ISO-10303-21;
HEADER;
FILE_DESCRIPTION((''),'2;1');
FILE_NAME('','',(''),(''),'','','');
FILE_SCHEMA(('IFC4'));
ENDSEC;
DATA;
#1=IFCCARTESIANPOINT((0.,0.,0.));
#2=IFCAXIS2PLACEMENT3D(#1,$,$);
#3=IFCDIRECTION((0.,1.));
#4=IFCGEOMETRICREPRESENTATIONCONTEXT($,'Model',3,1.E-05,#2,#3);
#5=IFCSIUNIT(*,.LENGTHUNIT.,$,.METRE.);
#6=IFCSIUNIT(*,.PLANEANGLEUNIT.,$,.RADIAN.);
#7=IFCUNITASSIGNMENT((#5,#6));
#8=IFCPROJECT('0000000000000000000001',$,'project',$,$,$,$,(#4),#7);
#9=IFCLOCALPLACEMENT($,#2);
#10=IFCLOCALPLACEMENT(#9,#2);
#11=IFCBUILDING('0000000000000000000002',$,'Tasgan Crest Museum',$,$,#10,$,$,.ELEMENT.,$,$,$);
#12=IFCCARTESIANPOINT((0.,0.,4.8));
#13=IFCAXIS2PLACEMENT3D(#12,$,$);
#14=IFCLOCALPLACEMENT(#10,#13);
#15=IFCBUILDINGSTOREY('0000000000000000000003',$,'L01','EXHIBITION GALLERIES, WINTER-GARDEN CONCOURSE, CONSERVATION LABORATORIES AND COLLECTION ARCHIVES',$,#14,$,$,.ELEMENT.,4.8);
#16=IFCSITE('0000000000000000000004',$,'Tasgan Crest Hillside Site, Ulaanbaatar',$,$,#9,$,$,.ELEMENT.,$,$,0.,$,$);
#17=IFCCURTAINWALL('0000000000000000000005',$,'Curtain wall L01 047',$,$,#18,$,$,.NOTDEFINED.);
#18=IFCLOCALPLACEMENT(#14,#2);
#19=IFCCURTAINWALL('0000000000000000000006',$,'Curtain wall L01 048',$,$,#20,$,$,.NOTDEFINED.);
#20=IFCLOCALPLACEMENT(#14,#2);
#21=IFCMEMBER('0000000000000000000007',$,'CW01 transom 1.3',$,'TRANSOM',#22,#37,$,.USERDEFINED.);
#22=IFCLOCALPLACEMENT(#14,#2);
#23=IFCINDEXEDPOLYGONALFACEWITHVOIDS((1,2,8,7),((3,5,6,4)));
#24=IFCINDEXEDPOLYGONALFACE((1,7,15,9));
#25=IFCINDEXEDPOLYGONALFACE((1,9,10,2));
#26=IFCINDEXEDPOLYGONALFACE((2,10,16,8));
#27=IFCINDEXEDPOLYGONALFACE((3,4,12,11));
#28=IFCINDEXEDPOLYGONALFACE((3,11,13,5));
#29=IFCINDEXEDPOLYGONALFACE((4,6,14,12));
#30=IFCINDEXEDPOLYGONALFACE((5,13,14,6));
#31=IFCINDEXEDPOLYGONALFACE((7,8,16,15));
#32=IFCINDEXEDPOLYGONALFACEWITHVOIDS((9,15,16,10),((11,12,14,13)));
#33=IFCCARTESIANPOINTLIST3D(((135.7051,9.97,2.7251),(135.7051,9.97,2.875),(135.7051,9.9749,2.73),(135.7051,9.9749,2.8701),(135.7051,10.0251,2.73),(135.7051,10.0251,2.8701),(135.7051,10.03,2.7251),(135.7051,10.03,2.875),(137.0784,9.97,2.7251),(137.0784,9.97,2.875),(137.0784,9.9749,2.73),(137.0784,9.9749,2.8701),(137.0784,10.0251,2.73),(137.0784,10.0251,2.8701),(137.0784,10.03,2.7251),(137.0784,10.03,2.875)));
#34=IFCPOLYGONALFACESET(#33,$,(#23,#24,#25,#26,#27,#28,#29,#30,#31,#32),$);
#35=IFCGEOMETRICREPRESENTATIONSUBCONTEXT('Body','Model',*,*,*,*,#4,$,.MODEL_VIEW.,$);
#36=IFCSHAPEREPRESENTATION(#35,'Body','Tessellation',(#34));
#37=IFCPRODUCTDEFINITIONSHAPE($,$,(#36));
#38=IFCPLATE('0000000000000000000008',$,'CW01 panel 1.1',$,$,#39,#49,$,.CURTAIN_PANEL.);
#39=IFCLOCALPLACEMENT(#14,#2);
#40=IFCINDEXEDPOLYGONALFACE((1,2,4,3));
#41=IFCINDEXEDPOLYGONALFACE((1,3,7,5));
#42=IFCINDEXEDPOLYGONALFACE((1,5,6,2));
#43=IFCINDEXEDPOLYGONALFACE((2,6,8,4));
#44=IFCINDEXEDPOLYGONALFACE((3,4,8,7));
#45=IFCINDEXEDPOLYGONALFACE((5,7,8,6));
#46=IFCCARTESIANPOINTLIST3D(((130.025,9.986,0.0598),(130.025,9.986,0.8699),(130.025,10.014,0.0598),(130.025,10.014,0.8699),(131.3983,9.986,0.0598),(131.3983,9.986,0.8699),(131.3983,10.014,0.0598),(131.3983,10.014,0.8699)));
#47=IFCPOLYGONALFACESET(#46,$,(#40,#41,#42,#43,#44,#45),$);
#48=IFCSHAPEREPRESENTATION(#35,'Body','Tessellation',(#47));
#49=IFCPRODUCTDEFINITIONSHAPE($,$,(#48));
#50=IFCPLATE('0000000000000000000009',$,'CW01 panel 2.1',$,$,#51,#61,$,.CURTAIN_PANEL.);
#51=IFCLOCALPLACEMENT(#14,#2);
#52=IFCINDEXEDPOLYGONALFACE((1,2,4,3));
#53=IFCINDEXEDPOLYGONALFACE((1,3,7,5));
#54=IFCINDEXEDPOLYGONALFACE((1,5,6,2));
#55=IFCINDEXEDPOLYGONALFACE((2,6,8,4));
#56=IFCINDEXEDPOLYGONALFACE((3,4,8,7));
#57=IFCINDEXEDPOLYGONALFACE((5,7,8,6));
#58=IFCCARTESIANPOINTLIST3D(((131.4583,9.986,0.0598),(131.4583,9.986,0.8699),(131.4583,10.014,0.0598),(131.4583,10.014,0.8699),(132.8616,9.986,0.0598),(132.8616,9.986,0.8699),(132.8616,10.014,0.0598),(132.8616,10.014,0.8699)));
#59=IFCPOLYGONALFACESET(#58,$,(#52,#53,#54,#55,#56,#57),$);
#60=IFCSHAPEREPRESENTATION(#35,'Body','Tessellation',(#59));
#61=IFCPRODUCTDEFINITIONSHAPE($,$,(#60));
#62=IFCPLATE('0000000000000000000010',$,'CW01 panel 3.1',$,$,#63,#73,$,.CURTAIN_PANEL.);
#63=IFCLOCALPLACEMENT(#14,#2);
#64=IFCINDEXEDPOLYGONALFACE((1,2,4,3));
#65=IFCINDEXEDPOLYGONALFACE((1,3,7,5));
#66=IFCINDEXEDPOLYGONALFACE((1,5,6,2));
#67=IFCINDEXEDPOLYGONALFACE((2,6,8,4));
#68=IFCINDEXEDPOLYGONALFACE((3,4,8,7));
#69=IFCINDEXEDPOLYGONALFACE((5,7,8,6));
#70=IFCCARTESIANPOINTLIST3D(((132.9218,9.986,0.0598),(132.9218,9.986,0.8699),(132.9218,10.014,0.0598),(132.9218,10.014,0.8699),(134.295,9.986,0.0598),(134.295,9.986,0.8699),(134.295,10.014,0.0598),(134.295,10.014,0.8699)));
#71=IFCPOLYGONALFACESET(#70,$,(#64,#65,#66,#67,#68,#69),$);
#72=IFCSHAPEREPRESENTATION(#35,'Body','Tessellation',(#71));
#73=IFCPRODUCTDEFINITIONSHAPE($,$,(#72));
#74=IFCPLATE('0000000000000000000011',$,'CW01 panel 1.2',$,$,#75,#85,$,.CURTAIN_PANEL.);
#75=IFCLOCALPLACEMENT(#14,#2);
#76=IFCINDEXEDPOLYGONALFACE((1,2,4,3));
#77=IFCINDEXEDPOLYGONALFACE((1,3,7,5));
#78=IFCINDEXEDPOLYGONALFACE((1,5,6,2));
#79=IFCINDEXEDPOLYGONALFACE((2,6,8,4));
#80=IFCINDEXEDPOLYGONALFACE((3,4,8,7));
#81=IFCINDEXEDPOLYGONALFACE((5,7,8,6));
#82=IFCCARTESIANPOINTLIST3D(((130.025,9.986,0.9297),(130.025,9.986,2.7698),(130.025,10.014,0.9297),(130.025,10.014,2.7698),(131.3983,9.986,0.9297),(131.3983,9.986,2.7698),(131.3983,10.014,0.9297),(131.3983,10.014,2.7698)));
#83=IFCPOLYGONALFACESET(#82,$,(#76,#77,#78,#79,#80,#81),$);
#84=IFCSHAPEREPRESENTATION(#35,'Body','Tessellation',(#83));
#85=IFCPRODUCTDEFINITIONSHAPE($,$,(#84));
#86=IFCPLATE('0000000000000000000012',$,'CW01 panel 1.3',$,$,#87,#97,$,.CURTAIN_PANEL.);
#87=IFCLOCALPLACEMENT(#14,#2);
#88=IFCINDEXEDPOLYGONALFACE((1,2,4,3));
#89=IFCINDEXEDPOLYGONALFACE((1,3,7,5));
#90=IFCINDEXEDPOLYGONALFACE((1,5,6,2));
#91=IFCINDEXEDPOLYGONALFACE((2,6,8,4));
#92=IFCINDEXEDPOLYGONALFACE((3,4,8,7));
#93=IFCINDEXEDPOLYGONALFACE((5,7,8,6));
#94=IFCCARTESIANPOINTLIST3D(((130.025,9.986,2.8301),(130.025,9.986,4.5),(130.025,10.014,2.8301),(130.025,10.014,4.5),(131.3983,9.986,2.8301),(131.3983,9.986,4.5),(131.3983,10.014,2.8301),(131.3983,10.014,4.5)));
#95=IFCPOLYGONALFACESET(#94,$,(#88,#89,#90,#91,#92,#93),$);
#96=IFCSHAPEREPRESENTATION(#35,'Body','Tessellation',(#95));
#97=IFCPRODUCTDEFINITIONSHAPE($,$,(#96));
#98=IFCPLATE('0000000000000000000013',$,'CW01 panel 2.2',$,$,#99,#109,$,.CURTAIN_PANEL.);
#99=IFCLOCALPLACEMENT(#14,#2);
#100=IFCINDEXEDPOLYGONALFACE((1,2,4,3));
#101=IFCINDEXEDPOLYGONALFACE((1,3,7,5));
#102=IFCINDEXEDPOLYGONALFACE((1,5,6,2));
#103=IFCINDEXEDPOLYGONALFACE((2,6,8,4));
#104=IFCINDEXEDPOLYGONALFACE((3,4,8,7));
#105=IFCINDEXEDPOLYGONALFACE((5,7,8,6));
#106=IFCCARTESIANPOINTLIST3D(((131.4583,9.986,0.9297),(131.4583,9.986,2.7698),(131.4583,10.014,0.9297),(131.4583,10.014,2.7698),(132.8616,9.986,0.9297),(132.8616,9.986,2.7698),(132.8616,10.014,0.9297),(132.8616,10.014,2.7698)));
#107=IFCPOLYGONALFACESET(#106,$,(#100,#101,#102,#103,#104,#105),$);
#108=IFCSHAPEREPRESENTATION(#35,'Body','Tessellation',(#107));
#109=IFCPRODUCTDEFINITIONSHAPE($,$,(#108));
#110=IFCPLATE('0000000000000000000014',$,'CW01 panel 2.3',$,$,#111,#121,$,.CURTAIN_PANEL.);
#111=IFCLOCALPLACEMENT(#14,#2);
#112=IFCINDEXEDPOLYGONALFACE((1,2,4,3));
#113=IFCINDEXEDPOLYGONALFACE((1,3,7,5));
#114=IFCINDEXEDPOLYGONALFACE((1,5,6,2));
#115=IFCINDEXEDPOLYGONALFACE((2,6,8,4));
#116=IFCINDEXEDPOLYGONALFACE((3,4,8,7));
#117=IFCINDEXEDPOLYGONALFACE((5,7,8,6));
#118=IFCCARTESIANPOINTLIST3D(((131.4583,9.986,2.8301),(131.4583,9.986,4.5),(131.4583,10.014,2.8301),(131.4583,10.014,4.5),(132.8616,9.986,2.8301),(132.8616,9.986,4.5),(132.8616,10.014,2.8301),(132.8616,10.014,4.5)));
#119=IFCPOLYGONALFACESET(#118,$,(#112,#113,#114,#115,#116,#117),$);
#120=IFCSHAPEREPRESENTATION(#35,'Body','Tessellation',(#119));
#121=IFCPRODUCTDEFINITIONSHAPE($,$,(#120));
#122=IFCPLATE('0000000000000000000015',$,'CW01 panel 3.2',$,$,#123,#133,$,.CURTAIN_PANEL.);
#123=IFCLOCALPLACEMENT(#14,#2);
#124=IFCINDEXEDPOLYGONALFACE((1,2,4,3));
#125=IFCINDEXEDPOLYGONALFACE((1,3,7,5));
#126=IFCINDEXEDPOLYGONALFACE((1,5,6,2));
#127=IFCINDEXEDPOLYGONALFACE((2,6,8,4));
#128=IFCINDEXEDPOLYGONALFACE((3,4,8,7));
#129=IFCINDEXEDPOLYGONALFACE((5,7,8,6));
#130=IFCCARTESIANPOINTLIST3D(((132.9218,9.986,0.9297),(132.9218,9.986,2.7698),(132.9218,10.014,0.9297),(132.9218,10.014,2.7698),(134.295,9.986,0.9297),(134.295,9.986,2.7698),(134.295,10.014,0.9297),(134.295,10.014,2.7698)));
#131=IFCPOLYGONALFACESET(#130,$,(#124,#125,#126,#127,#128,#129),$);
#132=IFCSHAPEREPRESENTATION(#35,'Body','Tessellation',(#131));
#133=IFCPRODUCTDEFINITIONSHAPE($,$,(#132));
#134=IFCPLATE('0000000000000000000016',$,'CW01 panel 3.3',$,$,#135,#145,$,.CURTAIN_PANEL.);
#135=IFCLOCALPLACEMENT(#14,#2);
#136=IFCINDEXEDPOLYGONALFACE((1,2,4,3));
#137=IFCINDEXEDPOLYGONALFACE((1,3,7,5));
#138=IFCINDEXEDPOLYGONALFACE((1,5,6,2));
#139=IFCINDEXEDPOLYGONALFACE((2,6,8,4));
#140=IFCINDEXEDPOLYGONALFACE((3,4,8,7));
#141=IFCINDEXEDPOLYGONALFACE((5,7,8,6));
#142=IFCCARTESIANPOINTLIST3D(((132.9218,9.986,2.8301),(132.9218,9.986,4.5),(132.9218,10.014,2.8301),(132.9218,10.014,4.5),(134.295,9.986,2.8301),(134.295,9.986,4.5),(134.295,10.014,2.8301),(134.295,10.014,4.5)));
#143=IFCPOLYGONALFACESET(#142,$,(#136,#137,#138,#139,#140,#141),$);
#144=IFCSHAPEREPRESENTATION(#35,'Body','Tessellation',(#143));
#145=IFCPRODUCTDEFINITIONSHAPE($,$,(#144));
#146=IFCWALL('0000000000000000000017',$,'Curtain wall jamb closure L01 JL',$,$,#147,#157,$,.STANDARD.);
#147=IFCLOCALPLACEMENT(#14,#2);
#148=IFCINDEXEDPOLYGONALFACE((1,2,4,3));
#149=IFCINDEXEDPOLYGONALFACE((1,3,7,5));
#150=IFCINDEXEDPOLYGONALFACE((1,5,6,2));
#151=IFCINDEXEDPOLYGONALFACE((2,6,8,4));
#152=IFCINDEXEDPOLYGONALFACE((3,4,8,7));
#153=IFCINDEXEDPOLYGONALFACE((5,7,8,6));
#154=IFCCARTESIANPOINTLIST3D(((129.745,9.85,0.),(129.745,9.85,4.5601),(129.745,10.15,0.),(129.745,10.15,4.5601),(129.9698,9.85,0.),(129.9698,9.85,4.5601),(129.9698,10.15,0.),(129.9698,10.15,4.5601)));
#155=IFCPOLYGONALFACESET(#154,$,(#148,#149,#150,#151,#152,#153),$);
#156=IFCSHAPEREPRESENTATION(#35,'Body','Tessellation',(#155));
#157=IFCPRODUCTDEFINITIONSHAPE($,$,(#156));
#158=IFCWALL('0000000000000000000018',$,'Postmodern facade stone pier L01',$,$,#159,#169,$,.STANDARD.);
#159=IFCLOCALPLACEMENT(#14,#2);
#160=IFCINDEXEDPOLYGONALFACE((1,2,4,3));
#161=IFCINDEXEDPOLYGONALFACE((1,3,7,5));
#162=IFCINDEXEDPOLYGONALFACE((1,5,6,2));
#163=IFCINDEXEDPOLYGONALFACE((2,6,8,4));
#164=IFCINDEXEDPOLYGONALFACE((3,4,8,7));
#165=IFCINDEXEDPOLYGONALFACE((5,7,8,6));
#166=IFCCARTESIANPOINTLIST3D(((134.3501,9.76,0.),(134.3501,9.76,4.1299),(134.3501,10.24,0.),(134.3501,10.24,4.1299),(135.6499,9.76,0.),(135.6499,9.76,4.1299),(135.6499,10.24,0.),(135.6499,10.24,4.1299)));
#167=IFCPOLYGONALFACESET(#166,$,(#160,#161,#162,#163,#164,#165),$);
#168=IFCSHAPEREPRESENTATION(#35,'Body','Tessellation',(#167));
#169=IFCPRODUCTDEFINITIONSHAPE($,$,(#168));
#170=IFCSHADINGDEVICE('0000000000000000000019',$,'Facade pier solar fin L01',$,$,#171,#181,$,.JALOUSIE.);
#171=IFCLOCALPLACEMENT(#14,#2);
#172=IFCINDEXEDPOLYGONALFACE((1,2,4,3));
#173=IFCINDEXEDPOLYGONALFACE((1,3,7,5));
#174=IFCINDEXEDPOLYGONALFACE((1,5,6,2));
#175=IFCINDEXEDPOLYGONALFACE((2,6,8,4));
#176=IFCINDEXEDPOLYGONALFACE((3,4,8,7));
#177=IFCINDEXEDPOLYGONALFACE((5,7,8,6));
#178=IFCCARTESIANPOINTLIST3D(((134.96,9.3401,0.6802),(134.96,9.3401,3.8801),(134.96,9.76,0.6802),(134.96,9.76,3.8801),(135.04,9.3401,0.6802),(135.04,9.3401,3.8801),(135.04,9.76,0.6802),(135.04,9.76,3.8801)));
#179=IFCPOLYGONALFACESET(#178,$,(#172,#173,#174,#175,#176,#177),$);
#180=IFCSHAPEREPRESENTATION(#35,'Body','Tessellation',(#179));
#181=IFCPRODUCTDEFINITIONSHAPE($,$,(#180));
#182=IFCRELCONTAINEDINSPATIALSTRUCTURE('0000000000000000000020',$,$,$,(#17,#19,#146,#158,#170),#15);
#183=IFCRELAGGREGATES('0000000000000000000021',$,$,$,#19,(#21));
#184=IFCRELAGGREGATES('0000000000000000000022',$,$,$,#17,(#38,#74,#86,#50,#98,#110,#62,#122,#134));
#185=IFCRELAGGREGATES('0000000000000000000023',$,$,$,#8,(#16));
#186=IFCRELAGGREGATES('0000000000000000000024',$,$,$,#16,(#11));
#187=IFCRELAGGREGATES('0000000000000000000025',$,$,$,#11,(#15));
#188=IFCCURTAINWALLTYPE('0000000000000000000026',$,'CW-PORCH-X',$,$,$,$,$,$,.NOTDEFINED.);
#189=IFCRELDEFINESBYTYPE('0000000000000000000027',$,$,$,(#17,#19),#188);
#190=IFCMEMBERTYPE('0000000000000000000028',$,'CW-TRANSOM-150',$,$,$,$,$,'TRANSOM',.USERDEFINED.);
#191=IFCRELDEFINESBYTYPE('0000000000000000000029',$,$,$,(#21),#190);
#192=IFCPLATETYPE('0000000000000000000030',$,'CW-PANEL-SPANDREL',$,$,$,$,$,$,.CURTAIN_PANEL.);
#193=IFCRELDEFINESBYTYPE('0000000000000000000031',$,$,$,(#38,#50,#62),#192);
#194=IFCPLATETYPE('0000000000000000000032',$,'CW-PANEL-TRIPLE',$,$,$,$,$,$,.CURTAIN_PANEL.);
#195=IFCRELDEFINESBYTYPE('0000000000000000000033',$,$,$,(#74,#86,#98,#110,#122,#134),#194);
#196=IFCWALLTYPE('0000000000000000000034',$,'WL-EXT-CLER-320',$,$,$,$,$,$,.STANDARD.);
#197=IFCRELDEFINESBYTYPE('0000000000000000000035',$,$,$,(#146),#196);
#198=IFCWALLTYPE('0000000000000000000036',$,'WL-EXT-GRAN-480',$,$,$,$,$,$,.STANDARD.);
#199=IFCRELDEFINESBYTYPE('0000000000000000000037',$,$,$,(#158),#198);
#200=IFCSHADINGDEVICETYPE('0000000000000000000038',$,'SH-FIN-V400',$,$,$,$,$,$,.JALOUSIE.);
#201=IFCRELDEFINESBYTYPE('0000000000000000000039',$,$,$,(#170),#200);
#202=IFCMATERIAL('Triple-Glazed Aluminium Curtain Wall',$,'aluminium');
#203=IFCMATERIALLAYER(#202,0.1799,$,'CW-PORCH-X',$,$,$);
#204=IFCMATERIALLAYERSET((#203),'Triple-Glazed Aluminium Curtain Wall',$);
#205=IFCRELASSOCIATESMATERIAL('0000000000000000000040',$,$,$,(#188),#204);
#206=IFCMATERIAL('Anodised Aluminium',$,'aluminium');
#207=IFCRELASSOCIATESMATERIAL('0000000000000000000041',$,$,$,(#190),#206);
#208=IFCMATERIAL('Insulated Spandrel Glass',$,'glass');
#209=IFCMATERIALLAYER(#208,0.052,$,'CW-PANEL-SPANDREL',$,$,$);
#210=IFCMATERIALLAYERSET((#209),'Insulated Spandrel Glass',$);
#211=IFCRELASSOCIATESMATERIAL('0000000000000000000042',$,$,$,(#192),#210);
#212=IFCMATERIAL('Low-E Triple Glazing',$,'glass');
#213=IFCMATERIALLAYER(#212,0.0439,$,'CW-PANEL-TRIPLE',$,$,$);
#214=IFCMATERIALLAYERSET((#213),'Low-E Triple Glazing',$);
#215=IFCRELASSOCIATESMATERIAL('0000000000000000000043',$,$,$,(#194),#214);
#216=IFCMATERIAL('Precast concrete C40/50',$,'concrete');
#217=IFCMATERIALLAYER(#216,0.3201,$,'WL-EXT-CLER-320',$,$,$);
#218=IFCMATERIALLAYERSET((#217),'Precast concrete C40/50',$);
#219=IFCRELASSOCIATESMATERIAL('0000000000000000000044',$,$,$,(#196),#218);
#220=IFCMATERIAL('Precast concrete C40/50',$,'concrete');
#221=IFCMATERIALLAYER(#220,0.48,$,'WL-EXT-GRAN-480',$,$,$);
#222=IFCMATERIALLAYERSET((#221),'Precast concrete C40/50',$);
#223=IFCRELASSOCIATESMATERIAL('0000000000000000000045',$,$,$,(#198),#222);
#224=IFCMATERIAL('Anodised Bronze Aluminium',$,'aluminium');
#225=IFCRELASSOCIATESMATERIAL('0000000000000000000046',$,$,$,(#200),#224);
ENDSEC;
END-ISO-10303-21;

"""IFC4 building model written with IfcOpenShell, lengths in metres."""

from ifc_helpers import new_model, si_unit, direction, frame, frame_2d, origin, origin_2d, place, context, subcontext, project, spatial, rectangle, hollow_rectangle, extrude, material, layer, layer_set, material_profile, profile_set, type_object, element, aggregate, save


model = new_model("IFC4")

# Units and contexts
model_context = context("Model", 3, precision=1e-05, world=origin(), true_north=direction((0.0, 1.0)))
body_context = subcontext(model_context, "Body", "Model", "MODEL_VIEW")
ifc_project = project(units=[si_unit("LENGTHUNIT", "METRE"), si_unit("PLANEANGLEUNIT", "RADIAN")], contexts=[model_context])

# Site, building, storey
site_placement = place(None, origin())
site = spatial("IfcSite", under=ifc_project, at=site_placement, Name="Tasgan Crest Hillside Site, Ulaanbaatar", CompositionType="ELEMENT", RefElevation=0.0)
building_placement = place(site_placement, origin())
building = spatial("IfcBuilding", under=site, at=building_placement, Name="Tasgan Crest Museum", CompositionType="ELEMENT")
storey_placement = place(building_placement, frame((0.0, 0.0, 4.8)))
storey = spatial("IfcBuildingStorey", under=building, at=storey_placement, Name="L01", Description="EXHIBITION GALLERIES, WINTER-GARDEN CONCOURSE, CONSERVATION LABORATORIES AND COLLECTION ARCHIVES", CompositionType="ELEMENT", Elevation=4.8)

# Curtain wall
ifc_material_1 = material(Name="Triple-Glazed Aluminium Curtain Wall", Category="aluminium")
ifc_layer_1 = layer(ifc_material_1, 0.1799, Name="CW-PORCH-X")
ifc_layer_set_1 = layer_set([ifc_layer_1], Name="Triple-Glazed Aluminium Curtain Wall")
curtain_wall_type = type_object("IfcCurtainWallType", Name="CW-PORCH-X", PredefinedType="NOTDEFINED", material=ifc_layer_set_1)
curtain_wall_1_placement = place(storey_placement, origin())
curtain_wall_1 = element("IfcCurtainWall", 1, at=curtain_wall_1_placement, inside=storey, type_object=curtain_wall_type, Name="Curtain wall L01 047", PredefinedType="NOTDEFINED")

# Curtain wall
curtain_wall_2_placement = place(storey_placement, origin())
curtain_wall_2 = element("IfcCurtainWall", 2, at=curtain_wall_2_placement, inside=storey, type_object=curtain_wall_type, Name="Curtain wall L01 048", PredefinedType="NOTDEFINED")

# Member
ifc_material_2 = material(Name="Anodised Aluminium", Category="aluminium")
ifc_material_profile_1 = material_profile(ifc_material_2, hollow_rectangle(XDim=0.0601, YDim=0.1499, WallThickness=0.0049, at=origin_2d()), Name="ALU TRANSOM 150x60x5")
ifc_profile_set_1 = profile_set([ifc_material_profile_1], Name="Anodised Aluminium")
member_type_1 = type_object("IfcMemberType", Name="CW-TRANSOM-150", ElementType="TRANSOM", PredefinedType="USERDEFINED", material=ifc_profile_set_1)
member_1_placement = place(storey_placement, frame((135.7051, 10.0, 2.8), z_axis=(1.0, 0.0, 0.0), x_axis=(0.0, 1.0, 0.0)))
member_1 = element("IfcMember", 3, at=member_1_placement, type_object=member_type_1, Name="CW01 transom 1.3", ObjectType="TRANSOM", PredefinedType="USERDEFINED", context=body_context, shape_type="SweptSolid", body=[
    extrude(hollow_rectangle(XDim=0.0601, YDim=0.1499, WallThickness=0.0049, at=origin_2d()), origin(), (0.0, 0.0, 1.0), 1.3733),
])
aggregate(curtain_wall_2, [member_1])

# Plates
ifc_material_3 = material(Name="Insulated Spandrel Glass", Category="glass")
ifc_layer_2 = layer(ifc_material_3, 0.052, Name="CW-PANEL-SPANDREL")
ifc_layer_set_2 = layer_set([ifc_layer_2], Name="Insulated Spandrel Glass")
plate_type_1 = type_object("IfcPlateType", Name="CW-PANEL-SPANDREL", PredefinedType="CURTAIN_PANEL", material=ifc_layer_set_2)
plate_1_placement = place(storey_placement, frame((130.7117, 10.0, 0.0598), z_axis=(0.0, 0.0, 1.0), x_axis=(1.0, 0.0, 0.0)))
plate_1 = element("IfcPlate", 4, at=plate_1_placement, type_object=plate_type_1, Name="CW01 panel 1.1", PredefinedType="CURTAIN_PANEL", context=body_context, shape_type="SweptSolid", body=[
    extrude(rectangle(XDim=1.3733, YDim=0.0281, at=origin_2d()), origin(), (0.0, 0.0, 1.0), 0.8101),
])
plate_2_placement = place(storey_placement, frame((132.1599, 10.0, 0.0598), z_axis=(0.0, 0.0, 1.0), x_axis=(1.0, 0.0, 0.0)))
plate_2 = element("IfcPlate", 5, at=plate_2_placement, type_object=plate_type_1, Name="CW01 panel 2.1", PredefinedType="CURTAIN_PANEL", context=body_context, shape_type="SweptSolid", body=[
    extrude(rectangle(XDim=1.4033, YDim=0.0281, at=origin_2d()), origin(), (0.0, 0.0, 1.0), 0.8101),
])
plate_3_placement = place(storey_placement, frame((133.6084, 10.0, 0.0598), z_axis=(0.0, 0.0, 1.0), x_axis=(1.0, 0.0, 0.0)))
plate_3 = element("IfcPlate", 6, at=plate_3_placement, type_object=plate_type_1, Name="CW01 panel 3.1", PredefinedType="CURTAIN_PANEL", context=body_context, shape_type="SweptSolid", body=[
    extrude(rectangle(XDim=1.3733, YDim=0.0281, at=origin_2d()), origin(), (0.0, 0.0, 1.0), 0.8101),
])
ifc_material_4 = material(Name="Low-E Triple Glazing", Category="glass")
ifc_layer_3 = layer(ifc_material_4, 0.0439, Name="CW-PANEL-TRIPLE")
ifc_layer_set_3 = layer_set([ifc_layer_3], Name="Low-E Triple Glazing")
plate_type_2 = type_object("IfcPlateType", Name="CW-PANEL-TRIPLE", PredefinedType="CURTAIN_PANEL", material=ifc_layer_set_3)
plate_4_placement = place(storey_placement, frame((130.7117, 10.0, 0.9297), z_axis=(0.0, 0.0, 1.0), x_axis=(1.0, 0.0, 0.0)))
plate_4 = element("IfcPlate", 7, at=plate_4_placement, type_object=plate_type_2, Name="CW01 panel 1.2", PredefinedType="CURTAIN_PANEL", context=body_context, shape_type="SweptSolid", body=[
    extrude(rectangle(XDim=1.3733, YDim=0.0281, at=origin_2d()), origin(), (0.0, 0.0, 1.0), 1.8401),
])
plate_5_placement = place(storey_placement, frame((130.7117, 10.0, 2.8301), z_axis=(0.0, 0.0, 1.0), x_axis=(1.0, 0.0, 0.0)))
plate_5 = element("IfcPlate", 8, at=plate_5_placement, type_object=plate_type_2, Name="CW01 panel 1.3", PredefinedType="CURTAIN_PANEL", context=body_context, shape_type="SweptSolid", body=[
    extrude(rectangle(XDim=1.3733, YDim=0.0281, at=origin_2d()), origin(), (0.0, 0.0, 1.0), 1.6699),
])
plate_6_placement = place(storey_placement, frame((132.1599, 10.0, 0.9297), z_axis=(0.0, 0.0, 1.0), x_axis=(1.0, 0.0, 0.0)))
plate_6 = element("IfcPlate", 9, at=plate_6_placement, type_object=plate_type_2, Name="CW01 panel 2.2", PredefinedType="CURTAIN_PANEL", context=body_context, shape_type="SweptSolid", body=[
    extrude(rectangle(XDim=1.4033, YDim=0.0281, at=origin_2d()), origin(), (0.0, 0.0, 1.0), 1.8401),
])
plate_7_placement = place(storey_placement, frame((132.1599, 10.0, 2.8301), z_axis=(0.0, 0.0, 1.0), x_axis=(1.0, 0.0, 0.0)))
plate_7 = element("IfcPlate", 10, at=plate_7_placement, type_object=plate_type_2, Name="CW01 panel 2.3", PredefinedType="CURTAIN_PANEL", context=body_context, shape_type="SweptSolid", body=[
    extrude(rectangle(XDim=1.4033, YDim=0.0281, at=origin_2d()), origin(), (0.0, 0.0, 1.0), 1.6699),
])
plate_8_placement = place(storey_placement, frame((133.6084, 10.0, 0.9297), z_axis=(0.0, 0.0, 1.0), x_axis=(1.0, 0.0, 0.0)))
plate_8 = element("IfcPlate", 11, at=plate_8_placement, type_object=plate_type_2, Name="CW01 panel 3.2", PredefinedType="CURTAIN_PANEL", context=body_context, shape_type="SweptSolid", body=[
    extrude(rectangle(XDim=1.3733, YDim=0.0281, at=origin_2d()), origin(), (0.0, 0.0, 1.0), 1.8401),
])
plate_9_placement = place(storey_placement, frame((133.6084, 10.0, 2.8301), z_axis=(0.0, 0.0, 1.0), x_axis=(1.0, 0.0, 0.0)))
plate_9 = element("IfcPlate", 12, at=plate_9_placement, type_object=plate_type_2, Name="CW01 panel 3.3", PredefinedType="CURTAIN_PANEL", context=body_context, shape_type="SweptSolid", body=[
    extrude(rectangle(XDim=1.3733, YDim=0.0281, at=origin_2d()), origin(), (0.0, 0.0, 1.0), 1.6699),
])
aggregate(curtain_wall_1, [plate_1, plate_4, plate_5, plate_2, plate_6, plate_7, plate_3, plate_8, plate_9])

# Walls
ifc_material_5 = material(Name="Precast concrete C40/50", Category="concrete")
ifc_layer_4 = layer(ifc_material_5, 0.3201, Name="WL-EXT-CLER-320")
ifc_layer_set_4 = layer_set([ifc_layer_4], Name="Precast concrete C40/50")
wall_type_1 = type_object("IfcWallType", Name="WL-EXT-CLER-320", PredefinedType="STANDARD", material=ifc_layer_set_4)
wall_1_placement = place(storey_placement, frame((129.7451, 10.0, 0.0), z_axis=(0.0, 0.0, 1.0), x_axis=(1.0, 0.0, 0.0)))
element("IfcWall", 13, at=wall_1_placement, inside=storey, type_object=wall_type_1, Name="Curtain wall jamb closure L01 JL", PredefinedType="STANDARD", context=body_context, shape_type="SweptSolid", body=[
    extrude(rectangle(XDim=0.2249, YDim=0.3, at=frame_2d((0.1123, 0.0))), origin(), (0.0, 0.0, 1.0), 4.5601),
])
ifc_material_6 = material(Name="Precast concrete C40/50", Category="concrete")
ifc_layer_5 = layer(ifc_material_6, 0.48, Name="WL-EXT-GRAN-480")
ifc_layer_set_5 = layer_set([ifc_layer_5], Name="Precast concrete C40/50")
wall_type_2 = type_object("IfcWallType", Name="WL-EXT-GRAN-480", PredefinedType="STANDARD", material=ifc_layer_set_5)
wall_2_placement = place(storey_placement, frame((134.3501, 10.0, 0.0), z_axis=(0.0, 0.0, 1.0), x_axis=(1.0, 0.0, 0.0)))
element("IfcWall", 14, at=wall_2_placement, inside=storey, type_object=wall_type_2, Name="Postmodern facade stone pier L01", PredefinedType="STANDARD", context=body_context, shape_type="SweptSolid", body=[
    extrude(rectangle(XDim=1.2998, YDim=0.48, at=frame_2d((0.6499, 0.0))), origin(), (0.0, 0.0, 1.0), 4.1299),
])

# Shading device
ifc_material_7 = material(Name="Anodised Bronze Aluminium", Category="aluminium")
shading_device_type = type_object("IfcShadingDeviceType", Name="SH-FIN-V400", PredefinedType="JALOUSIE", material=ifc_material_7)
shading_device_placement = place(storey_placement, frame((135.0, 9.55, 0.6802), z_axis=(0.0, 0.0, 1.0), x_axis=(1.0, 0.0, 0.0)))
element("IfcShadingDevice", 15, at=shading_device_placement, inside=storey, type_object=shading_device_type, Name="Facade pier solar fin L01", PredefinedType="JALOUSIE", context=body_context, shape_type="SweptSolid", body=[
    extrude(rectangle(XDim=0.0801, YDim=0.4199, at=origin_2d()), origin(), (0.0, 0.0, 1.0), 3.2),
])

save(model, "model.ifc")
